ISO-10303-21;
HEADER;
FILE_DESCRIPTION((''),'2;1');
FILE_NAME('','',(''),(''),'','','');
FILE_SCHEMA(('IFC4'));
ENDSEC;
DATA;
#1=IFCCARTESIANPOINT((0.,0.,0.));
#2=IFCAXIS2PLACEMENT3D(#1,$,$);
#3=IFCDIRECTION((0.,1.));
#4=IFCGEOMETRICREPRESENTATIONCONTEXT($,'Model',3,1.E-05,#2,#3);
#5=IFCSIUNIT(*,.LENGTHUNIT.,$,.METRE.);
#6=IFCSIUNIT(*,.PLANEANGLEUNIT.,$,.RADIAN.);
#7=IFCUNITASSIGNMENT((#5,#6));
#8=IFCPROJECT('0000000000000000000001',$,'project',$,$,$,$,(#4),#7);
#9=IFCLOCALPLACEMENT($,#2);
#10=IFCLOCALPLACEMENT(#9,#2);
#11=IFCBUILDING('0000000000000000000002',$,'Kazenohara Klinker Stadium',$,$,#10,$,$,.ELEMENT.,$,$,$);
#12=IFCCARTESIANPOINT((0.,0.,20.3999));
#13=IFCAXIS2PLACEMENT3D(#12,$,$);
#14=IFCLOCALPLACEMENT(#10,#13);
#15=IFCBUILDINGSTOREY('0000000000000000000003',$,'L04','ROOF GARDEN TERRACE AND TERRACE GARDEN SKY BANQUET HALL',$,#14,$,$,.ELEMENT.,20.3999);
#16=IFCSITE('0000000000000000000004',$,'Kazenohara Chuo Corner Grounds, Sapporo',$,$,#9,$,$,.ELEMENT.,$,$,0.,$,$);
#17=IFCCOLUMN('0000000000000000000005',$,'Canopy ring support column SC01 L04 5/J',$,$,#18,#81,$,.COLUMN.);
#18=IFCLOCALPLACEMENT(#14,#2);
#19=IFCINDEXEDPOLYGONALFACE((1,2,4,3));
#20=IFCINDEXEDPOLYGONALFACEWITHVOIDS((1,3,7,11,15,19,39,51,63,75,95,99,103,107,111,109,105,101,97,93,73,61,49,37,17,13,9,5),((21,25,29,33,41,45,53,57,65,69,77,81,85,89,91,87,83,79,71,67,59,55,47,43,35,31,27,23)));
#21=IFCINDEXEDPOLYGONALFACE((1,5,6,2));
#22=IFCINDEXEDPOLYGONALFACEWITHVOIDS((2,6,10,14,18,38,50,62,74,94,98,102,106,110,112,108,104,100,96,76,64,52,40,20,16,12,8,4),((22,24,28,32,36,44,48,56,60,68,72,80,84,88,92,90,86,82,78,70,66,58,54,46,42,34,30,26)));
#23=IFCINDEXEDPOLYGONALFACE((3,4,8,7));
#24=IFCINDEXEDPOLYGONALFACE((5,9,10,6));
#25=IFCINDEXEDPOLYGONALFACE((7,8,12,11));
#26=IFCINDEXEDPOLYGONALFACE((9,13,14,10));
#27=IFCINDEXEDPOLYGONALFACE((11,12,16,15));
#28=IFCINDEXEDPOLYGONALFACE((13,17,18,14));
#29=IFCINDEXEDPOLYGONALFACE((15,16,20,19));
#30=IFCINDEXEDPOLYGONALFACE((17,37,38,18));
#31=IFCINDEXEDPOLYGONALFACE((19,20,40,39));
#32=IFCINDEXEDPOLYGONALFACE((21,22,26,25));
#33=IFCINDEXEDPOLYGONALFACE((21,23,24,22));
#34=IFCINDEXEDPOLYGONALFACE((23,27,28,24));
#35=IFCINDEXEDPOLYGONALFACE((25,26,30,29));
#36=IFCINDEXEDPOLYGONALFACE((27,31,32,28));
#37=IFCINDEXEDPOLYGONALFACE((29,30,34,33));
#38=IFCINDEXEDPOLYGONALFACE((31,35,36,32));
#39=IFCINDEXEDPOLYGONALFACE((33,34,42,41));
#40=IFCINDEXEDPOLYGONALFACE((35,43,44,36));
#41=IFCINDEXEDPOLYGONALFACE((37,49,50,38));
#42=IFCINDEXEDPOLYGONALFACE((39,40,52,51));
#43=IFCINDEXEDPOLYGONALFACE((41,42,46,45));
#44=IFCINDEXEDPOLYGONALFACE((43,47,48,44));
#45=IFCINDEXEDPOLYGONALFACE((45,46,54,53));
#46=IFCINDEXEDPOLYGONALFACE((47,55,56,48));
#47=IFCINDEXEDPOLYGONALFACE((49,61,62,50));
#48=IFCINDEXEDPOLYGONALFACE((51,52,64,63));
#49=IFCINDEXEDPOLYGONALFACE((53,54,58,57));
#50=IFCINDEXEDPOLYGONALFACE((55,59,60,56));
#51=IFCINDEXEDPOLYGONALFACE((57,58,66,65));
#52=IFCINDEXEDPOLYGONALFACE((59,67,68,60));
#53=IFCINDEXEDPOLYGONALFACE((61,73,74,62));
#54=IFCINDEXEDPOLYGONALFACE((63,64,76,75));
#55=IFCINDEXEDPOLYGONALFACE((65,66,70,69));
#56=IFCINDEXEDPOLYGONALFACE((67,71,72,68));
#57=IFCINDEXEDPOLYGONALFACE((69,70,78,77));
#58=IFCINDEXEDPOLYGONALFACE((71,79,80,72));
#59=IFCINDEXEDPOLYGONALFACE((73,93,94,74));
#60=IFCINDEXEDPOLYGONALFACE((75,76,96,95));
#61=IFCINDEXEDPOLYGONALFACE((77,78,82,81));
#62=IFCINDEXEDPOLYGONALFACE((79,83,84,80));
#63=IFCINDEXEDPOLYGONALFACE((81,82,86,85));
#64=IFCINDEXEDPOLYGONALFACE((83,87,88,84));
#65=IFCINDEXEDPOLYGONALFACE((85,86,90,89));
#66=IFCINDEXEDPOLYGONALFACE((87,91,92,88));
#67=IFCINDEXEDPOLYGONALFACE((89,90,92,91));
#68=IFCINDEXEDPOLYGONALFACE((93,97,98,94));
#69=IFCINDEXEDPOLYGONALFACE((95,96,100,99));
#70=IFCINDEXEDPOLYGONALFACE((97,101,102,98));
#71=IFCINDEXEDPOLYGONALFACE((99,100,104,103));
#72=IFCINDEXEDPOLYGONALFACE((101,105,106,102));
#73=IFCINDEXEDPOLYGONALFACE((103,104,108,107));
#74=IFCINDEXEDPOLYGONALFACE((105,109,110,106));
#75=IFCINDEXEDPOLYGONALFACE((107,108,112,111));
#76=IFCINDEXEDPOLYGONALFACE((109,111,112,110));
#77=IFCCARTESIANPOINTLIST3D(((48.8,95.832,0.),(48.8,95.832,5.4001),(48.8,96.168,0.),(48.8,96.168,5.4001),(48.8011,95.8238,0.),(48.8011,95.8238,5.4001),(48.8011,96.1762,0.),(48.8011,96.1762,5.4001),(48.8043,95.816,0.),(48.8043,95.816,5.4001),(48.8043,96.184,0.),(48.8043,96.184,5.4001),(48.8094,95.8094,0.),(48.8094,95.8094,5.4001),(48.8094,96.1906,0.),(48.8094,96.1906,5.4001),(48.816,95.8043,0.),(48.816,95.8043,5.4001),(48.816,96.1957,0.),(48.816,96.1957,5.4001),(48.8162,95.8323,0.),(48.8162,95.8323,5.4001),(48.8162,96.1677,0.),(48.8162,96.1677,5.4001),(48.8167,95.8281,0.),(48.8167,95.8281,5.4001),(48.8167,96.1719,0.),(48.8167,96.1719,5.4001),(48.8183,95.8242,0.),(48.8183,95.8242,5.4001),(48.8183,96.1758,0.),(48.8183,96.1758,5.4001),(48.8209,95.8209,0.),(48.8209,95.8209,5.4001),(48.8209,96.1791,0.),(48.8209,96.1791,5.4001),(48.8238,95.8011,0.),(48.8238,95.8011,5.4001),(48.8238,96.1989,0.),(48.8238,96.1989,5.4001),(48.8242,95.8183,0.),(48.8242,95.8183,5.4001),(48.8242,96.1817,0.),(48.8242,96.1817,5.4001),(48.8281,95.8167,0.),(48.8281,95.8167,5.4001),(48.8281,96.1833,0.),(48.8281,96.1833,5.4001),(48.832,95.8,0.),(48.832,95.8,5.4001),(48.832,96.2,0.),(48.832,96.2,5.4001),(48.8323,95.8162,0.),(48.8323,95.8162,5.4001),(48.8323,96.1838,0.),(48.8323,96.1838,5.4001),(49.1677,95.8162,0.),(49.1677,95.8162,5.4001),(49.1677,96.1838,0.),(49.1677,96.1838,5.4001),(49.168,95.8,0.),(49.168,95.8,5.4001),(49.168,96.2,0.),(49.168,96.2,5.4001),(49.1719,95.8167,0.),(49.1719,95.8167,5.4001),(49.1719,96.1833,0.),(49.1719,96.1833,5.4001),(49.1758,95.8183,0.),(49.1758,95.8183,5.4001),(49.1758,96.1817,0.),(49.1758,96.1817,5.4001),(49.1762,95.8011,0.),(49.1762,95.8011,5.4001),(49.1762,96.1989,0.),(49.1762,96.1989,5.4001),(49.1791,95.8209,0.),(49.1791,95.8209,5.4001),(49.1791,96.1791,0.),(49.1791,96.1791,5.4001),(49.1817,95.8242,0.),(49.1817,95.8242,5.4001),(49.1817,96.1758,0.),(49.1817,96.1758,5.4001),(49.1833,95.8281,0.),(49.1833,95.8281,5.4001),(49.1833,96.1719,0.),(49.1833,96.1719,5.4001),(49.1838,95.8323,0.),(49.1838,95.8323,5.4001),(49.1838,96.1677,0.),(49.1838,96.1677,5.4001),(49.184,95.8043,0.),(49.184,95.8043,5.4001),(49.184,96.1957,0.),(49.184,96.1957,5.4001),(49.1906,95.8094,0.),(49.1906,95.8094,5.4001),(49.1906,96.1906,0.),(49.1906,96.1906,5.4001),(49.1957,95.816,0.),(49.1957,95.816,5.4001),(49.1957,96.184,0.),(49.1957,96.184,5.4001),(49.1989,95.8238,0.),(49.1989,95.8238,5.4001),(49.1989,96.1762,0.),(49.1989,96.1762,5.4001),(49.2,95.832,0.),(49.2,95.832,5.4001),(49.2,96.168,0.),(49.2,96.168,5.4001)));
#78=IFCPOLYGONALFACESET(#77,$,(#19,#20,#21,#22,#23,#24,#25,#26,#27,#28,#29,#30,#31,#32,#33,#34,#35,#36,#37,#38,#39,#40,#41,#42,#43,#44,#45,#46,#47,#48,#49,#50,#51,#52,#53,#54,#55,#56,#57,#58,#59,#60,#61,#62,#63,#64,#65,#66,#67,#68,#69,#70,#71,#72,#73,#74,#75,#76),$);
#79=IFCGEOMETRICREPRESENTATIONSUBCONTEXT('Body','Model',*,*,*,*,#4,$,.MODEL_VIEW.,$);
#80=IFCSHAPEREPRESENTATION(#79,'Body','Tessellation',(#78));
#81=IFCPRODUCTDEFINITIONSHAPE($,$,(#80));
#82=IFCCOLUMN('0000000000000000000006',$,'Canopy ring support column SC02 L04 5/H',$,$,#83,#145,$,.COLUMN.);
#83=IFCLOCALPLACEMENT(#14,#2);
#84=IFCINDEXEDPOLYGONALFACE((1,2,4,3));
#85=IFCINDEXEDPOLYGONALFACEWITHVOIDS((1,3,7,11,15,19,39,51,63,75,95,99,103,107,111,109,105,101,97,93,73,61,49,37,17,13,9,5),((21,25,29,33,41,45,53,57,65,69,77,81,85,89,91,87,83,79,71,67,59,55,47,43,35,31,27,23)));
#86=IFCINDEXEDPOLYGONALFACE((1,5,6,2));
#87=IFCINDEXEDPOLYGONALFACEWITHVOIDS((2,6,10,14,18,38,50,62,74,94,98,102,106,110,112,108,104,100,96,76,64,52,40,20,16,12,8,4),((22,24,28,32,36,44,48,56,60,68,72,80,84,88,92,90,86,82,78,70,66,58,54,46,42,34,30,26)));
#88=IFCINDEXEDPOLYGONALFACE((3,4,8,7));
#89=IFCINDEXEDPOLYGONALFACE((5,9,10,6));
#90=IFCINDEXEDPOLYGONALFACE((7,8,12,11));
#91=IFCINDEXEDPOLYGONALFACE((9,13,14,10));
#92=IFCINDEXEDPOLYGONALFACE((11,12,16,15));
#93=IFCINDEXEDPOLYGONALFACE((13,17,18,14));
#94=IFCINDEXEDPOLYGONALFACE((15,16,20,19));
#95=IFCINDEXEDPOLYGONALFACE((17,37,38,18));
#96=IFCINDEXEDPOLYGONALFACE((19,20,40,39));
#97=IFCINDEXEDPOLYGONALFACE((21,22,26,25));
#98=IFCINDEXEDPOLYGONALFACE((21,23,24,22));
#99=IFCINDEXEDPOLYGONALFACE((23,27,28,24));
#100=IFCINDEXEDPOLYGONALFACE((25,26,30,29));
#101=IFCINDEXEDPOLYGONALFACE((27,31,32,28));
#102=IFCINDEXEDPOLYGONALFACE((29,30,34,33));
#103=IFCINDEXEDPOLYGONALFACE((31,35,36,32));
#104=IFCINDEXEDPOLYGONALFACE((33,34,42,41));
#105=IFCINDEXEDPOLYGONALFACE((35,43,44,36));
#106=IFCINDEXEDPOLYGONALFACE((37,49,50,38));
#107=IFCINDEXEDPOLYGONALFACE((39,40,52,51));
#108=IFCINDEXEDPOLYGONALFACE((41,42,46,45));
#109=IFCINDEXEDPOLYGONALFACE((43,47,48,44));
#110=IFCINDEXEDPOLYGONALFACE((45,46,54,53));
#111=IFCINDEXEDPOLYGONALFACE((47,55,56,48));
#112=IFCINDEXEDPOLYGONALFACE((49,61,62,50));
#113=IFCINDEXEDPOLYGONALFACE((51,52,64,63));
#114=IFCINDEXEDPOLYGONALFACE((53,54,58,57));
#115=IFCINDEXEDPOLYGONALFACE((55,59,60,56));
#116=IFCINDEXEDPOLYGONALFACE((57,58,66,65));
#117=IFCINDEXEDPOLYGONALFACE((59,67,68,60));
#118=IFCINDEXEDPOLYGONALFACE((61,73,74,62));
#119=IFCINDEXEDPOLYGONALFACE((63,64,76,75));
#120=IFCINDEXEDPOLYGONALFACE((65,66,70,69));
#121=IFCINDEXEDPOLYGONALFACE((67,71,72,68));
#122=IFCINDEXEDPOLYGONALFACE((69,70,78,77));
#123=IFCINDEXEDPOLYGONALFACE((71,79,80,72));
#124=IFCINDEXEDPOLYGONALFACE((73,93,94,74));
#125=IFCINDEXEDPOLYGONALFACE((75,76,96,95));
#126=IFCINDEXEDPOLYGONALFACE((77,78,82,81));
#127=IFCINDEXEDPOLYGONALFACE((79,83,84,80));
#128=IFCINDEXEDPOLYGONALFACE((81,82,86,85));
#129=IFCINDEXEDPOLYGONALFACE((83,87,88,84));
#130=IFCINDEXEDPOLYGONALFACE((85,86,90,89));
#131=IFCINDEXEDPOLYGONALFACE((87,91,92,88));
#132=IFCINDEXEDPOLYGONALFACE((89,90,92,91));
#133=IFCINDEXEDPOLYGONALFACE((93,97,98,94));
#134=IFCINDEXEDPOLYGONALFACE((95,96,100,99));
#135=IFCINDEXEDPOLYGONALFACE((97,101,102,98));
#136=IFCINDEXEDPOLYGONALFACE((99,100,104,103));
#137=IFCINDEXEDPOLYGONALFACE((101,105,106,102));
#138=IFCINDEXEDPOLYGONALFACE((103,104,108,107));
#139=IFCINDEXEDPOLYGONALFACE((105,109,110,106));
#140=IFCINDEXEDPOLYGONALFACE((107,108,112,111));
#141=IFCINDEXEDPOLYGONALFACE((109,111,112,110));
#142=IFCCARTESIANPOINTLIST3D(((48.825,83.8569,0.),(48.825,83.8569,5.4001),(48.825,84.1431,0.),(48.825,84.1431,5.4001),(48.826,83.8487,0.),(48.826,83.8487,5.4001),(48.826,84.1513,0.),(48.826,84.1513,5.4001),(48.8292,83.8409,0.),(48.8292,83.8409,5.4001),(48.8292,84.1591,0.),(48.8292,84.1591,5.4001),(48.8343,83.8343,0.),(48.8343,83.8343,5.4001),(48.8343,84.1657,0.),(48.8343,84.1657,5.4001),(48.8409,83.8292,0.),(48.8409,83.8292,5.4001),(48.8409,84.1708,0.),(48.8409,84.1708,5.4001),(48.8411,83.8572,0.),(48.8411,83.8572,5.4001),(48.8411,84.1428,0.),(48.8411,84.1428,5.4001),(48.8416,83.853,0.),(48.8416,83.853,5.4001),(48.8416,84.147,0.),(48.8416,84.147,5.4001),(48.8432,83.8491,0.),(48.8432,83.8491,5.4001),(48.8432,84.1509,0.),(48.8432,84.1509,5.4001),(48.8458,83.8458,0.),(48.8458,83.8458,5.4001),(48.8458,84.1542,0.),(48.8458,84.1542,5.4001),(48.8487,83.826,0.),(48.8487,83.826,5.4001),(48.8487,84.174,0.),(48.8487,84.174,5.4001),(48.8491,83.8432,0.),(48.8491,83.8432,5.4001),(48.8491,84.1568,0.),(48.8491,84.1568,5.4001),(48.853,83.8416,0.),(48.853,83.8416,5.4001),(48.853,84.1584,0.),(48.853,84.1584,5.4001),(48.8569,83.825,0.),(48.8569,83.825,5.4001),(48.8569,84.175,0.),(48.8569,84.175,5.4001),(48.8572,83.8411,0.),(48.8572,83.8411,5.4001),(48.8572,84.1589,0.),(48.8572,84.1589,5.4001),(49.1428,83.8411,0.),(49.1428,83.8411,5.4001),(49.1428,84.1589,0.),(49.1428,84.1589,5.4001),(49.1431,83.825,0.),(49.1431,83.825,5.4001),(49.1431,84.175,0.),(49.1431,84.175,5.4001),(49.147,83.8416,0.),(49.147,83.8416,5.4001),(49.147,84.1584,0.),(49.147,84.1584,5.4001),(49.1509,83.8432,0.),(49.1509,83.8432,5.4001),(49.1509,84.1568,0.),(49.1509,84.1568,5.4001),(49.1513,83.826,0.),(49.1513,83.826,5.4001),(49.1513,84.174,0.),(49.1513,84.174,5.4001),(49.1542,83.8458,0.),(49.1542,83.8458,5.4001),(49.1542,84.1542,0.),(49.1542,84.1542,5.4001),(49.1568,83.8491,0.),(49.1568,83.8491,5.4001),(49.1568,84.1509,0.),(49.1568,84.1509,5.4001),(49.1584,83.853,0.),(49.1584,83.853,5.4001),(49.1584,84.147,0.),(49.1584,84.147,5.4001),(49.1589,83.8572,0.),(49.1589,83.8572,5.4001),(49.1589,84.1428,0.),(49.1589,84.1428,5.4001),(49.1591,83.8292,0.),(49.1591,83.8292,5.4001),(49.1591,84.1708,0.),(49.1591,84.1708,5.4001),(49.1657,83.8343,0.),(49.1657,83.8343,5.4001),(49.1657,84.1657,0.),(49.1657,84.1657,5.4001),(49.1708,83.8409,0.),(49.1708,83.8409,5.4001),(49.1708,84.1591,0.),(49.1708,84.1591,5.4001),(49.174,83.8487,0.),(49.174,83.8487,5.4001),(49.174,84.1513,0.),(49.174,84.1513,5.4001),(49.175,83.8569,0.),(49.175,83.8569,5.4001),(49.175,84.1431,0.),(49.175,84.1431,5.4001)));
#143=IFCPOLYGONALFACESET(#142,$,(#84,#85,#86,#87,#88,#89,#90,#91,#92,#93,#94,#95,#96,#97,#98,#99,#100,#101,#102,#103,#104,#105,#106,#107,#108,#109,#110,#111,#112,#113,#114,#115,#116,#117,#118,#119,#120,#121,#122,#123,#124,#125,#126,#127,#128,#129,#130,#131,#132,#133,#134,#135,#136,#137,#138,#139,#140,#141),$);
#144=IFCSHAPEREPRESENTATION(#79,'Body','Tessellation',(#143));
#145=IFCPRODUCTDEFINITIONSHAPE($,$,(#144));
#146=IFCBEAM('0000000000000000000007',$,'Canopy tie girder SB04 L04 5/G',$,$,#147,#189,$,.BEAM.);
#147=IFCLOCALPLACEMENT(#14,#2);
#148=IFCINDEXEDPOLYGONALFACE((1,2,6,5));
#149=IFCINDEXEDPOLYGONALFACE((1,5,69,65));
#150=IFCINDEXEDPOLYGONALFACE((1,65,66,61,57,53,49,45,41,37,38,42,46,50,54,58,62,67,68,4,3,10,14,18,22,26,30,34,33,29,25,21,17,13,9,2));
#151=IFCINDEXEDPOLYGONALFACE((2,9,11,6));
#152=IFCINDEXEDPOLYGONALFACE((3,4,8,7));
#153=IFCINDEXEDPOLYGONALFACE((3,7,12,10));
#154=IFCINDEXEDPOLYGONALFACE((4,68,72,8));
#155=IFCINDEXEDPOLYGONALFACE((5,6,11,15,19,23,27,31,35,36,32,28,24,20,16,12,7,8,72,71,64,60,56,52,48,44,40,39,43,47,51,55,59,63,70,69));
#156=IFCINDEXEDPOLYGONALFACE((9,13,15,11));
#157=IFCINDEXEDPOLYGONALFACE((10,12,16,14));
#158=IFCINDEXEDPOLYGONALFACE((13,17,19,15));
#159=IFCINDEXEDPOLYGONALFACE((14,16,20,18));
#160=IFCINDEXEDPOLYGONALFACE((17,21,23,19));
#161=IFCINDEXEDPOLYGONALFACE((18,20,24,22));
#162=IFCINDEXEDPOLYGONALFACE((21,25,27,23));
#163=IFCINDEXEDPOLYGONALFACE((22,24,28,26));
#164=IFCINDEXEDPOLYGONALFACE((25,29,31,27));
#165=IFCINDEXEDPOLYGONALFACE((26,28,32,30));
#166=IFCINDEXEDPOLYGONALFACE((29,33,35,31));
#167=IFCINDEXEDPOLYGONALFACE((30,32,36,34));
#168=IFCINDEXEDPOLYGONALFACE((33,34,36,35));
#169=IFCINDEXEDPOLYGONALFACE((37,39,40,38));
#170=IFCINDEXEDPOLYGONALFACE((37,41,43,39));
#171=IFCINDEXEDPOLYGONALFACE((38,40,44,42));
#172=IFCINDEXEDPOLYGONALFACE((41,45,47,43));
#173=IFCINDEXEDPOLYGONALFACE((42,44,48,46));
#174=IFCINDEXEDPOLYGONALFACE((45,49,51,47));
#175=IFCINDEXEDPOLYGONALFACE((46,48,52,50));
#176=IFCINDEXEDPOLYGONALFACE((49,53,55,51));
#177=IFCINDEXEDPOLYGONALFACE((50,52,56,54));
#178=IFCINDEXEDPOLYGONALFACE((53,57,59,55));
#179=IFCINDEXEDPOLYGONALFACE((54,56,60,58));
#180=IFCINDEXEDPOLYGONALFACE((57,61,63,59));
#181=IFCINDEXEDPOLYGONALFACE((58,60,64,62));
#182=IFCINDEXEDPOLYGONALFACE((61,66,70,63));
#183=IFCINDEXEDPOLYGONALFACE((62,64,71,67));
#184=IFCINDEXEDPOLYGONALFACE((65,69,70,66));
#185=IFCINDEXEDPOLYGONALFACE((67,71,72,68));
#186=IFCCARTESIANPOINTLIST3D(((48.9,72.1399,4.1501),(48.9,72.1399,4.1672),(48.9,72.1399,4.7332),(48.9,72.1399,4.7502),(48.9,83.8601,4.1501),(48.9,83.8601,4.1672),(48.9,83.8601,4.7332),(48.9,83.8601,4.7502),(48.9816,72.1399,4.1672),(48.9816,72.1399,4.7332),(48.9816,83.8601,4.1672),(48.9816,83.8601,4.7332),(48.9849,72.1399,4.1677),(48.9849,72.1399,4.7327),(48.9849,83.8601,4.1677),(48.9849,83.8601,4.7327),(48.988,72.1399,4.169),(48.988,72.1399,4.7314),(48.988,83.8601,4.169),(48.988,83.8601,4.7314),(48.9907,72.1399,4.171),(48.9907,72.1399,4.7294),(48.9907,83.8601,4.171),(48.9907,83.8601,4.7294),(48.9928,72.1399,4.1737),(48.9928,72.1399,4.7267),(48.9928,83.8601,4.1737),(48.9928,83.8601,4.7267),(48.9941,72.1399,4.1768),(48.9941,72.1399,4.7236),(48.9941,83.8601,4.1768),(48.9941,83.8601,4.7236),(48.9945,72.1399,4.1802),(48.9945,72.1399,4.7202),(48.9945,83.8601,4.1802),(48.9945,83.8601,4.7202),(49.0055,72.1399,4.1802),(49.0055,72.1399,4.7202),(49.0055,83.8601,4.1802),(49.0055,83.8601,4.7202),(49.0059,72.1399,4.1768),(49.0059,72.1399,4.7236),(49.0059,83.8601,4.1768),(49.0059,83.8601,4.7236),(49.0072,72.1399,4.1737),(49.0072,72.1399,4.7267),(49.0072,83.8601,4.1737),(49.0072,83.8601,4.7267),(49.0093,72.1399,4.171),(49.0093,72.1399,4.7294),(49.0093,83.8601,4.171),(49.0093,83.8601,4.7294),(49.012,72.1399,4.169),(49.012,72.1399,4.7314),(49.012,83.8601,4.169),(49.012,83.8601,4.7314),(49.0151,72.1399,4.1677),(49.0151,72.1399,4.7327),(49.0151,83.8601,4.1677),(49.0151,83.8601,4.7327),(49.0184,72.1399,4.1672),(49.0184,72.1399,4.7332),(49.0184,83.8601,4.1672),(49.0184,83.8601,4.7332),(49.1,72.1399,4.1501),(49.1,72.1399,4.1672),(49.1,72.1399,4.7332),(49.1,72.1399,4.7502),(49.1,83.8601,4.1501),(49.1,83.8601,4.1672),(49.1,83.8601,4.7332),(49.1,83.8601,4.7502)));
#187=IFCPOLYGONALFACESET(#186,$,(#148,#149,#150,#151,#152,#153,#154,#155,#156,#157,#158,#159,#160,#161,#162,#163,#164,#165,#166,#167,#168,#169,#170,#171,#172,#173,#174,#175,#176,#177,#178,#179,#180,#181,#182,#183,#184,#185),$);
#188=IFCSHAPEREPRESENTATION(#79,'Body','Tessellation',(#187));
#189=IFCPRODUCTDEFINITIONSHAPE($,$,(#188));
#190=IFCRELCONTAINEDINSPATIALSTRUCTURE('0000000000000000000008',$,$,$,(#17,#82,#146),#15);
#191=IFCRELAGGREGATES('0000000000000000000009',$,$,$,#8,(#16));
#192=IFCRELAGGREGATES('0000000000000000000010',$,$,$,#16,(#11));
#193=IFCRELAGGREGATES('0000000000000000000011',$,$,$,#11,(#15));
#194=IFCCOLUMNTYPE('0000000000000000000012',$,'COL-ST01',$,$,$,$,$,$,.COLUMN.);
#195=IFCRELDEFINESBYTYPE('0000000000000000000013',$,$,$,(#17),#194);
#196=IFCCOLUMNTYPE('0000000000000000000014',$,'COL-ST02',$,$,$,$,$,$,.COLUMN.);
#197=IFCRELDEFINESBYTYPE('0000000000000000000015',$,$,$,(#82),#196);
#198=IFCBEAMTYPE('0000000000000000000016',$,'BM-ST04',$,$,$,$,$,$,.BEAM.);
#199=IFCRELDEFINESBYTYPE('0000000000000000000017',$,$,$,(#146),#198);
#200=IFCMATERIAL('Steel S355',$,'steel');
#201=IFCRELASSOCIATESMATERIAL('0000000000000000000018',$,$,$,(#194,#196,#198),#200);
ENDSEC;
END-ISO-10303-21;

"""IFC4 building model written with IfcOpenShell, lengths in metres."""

from ifc_helpers import new_model, si_unit, direction, frame, origin, origin_2d, place, context, subcontext, project, spatial, hollow_rectangle, i_section, extrude, material, material_profile, profile_set, type_object, element, save


model = new_model("IFC4")

# Units and contexts
model_context = context("Model", 3, precision=1e-05, world=origin(), true_north=direction((0.0, 1.0)))
body_context = subcontext(model_context, "Body", "Model", "MODEL_VIEW")
ifc_project = project(units=[si_unit("LENGTHUNIT", "METRE"), si_unit("PLANEANGLEUNIT", "RADIAN")], contexts=[model_context])

# Site, building, storey
site_placement = place(None, origin())
site = spatial("IfcSite", under=ifc_project, at=site_placement, Name="Kazenohara Chuo Corner Grounds, Sapporo", CompositionType="ELEMENT", RefElevation=0.0)
building_placement = place(site_placement, origin())
building = spatial("IfcBuilding", under=site, at=building_placement, Name="Kazenohara Klinker Stadium", CompositionType="ELEMENT")
storey_placement = place(building_placement, frame((0.0, 0.0, 20.3999)))
storey = spatial("IfcBuildingStorey", under=building, at=storey_placement, Name="L04", Description="ROOF GARDEN TERRACE AND TERRACE GARDEN SKY BANQUET HALL", CompositionType="ELEMENT", Elevation=20.3999)

# Columns
ifc_material_1 = material(Name="Steel S355", Category="steel")
ifc_material_profile_1 = material_profile(ifc_material_1, hollow_rectangle(XDim=0.3999, YDim=0.3999, WallThickness=0.0161, InnerFilletRadius=0.0161, OuterFilletRadius=0.032, at=origin_2d()), Name="SHS-400x400x16")
ifc_profile_set_1 = profile_set([ifc_material_profile_1], Name="Steel S355")
column_type_1 = type_object("IfcColumnType", Name="COL-ST01", PredefinedType="COLUMN", material=ifc_profile_set_1)
column_1_placement = place(storey_placement, frame((49.0, 96.0, 0.0), z_axis=(0.0, 0.0, 1.0), x_axis=(1.0, 0.0, 0.0)))
element("IfcColumn", 1, at=column_1_placement, inside=storey, type_object=column_type_1, Name="Canopy ring support column SC01 L04 5/J", PredefinedType="COLUMN", context=body_context, shape_type="SweptSolid", body=[
    extrude(hollow_rectangle(XDim=0.3999, YDim=0.3999, WallThickness=0.0161, InnerFilletRadius=0.0161, OuterFilletRadius=0.032, at=origin_2d()), origin(), (0.0, 0.0, 1.0), 5.4001),
])
ifc_material_profile_2 = material_profile(ifc_material_1, hollow_rectangle(XDim=0.3501, YDim=0.3501, WallThickness=0.0161, InnerFilletRadius=0.0161, OuterFilletRadius=0.032, at=origin_2d()), Name="SHS-350x350x16")
ifc_profile_set_2 = profile_set([ifc_material_profile_2], Name="Steel S355")
column_type_2 = type_object("IfcColumnType", Name="COL-ST02", PredefinedType="COLUMN", material=ifc_profile_set_2)
column_2_placement = place(storey_placement, frame((49.0, 84.0, 0.0), z_axis=(0.0, 0.0, 1.0), x_axis=(1.0, 0.0, 0.0)))
element("IfcColumn", 2, at=column_2_placement, inside=storey, type_object=column_type_2, Name="Canopy ring support column SC02 L04 5/H", PredefinedType="COLUMN", context=body_context, shape_type="SweptSolid", body=[
    extrude(hollow_rectangle(XDim=0.3501, YDim=0.3501, WallThickness=0.0161, InnerFilletRadius=0.0161, OuterFilletRadius=0.032, at=origin_2d()), origin(), (0.0, 0.0, 1.0), 5.4001),
])

# Beam
ifc_material_profile_3 = material_profile(ifc_material_1, i_section(OverallWidth=0.2, OverallDepth=0.6001, WebThickness=0.011, FlangeThickness=0.0171, FilletRadius=0.0129, at=origin_2d()), Name="H-600x200x11x17")
ifc_profile_set_3 = profile_set([ifc_material_profile_3], Name="Steel S355")
beam_type = type_object("IfcBeamType", Name="BM-ST04", PredefinedType="BEAM", material=ifc_profile_set_3)
for number, where, z_axis, x_axis, name in (
    (3, (49.0, 72.1399, 4.4502), (0.0, 1.0, 0.0), (-1.0, 0.0, 0.0), "Canopy tie girder SB04 L04 5/G"),
):
    element("IfcBeam", number, at=place(storey_placement, frame(where, z_axis=z_axis, x_axis=x_axis)), inside=storey, type_object=beam_type, Name=name, PredefinedType="BEAM", context=body_context, shape_type="SweptSolid", body=[
        extrude(i_section(OverallWidth=0.2, OverallDepth=0.6001, WebThickness=0.011, FlangeThickness=0.0171, FilletRadius=0.0129, at=origin_2d()), origin(), (0.0, 0.0, 1.0), 11.7202),
    ])

save(model, "model.ifc")
